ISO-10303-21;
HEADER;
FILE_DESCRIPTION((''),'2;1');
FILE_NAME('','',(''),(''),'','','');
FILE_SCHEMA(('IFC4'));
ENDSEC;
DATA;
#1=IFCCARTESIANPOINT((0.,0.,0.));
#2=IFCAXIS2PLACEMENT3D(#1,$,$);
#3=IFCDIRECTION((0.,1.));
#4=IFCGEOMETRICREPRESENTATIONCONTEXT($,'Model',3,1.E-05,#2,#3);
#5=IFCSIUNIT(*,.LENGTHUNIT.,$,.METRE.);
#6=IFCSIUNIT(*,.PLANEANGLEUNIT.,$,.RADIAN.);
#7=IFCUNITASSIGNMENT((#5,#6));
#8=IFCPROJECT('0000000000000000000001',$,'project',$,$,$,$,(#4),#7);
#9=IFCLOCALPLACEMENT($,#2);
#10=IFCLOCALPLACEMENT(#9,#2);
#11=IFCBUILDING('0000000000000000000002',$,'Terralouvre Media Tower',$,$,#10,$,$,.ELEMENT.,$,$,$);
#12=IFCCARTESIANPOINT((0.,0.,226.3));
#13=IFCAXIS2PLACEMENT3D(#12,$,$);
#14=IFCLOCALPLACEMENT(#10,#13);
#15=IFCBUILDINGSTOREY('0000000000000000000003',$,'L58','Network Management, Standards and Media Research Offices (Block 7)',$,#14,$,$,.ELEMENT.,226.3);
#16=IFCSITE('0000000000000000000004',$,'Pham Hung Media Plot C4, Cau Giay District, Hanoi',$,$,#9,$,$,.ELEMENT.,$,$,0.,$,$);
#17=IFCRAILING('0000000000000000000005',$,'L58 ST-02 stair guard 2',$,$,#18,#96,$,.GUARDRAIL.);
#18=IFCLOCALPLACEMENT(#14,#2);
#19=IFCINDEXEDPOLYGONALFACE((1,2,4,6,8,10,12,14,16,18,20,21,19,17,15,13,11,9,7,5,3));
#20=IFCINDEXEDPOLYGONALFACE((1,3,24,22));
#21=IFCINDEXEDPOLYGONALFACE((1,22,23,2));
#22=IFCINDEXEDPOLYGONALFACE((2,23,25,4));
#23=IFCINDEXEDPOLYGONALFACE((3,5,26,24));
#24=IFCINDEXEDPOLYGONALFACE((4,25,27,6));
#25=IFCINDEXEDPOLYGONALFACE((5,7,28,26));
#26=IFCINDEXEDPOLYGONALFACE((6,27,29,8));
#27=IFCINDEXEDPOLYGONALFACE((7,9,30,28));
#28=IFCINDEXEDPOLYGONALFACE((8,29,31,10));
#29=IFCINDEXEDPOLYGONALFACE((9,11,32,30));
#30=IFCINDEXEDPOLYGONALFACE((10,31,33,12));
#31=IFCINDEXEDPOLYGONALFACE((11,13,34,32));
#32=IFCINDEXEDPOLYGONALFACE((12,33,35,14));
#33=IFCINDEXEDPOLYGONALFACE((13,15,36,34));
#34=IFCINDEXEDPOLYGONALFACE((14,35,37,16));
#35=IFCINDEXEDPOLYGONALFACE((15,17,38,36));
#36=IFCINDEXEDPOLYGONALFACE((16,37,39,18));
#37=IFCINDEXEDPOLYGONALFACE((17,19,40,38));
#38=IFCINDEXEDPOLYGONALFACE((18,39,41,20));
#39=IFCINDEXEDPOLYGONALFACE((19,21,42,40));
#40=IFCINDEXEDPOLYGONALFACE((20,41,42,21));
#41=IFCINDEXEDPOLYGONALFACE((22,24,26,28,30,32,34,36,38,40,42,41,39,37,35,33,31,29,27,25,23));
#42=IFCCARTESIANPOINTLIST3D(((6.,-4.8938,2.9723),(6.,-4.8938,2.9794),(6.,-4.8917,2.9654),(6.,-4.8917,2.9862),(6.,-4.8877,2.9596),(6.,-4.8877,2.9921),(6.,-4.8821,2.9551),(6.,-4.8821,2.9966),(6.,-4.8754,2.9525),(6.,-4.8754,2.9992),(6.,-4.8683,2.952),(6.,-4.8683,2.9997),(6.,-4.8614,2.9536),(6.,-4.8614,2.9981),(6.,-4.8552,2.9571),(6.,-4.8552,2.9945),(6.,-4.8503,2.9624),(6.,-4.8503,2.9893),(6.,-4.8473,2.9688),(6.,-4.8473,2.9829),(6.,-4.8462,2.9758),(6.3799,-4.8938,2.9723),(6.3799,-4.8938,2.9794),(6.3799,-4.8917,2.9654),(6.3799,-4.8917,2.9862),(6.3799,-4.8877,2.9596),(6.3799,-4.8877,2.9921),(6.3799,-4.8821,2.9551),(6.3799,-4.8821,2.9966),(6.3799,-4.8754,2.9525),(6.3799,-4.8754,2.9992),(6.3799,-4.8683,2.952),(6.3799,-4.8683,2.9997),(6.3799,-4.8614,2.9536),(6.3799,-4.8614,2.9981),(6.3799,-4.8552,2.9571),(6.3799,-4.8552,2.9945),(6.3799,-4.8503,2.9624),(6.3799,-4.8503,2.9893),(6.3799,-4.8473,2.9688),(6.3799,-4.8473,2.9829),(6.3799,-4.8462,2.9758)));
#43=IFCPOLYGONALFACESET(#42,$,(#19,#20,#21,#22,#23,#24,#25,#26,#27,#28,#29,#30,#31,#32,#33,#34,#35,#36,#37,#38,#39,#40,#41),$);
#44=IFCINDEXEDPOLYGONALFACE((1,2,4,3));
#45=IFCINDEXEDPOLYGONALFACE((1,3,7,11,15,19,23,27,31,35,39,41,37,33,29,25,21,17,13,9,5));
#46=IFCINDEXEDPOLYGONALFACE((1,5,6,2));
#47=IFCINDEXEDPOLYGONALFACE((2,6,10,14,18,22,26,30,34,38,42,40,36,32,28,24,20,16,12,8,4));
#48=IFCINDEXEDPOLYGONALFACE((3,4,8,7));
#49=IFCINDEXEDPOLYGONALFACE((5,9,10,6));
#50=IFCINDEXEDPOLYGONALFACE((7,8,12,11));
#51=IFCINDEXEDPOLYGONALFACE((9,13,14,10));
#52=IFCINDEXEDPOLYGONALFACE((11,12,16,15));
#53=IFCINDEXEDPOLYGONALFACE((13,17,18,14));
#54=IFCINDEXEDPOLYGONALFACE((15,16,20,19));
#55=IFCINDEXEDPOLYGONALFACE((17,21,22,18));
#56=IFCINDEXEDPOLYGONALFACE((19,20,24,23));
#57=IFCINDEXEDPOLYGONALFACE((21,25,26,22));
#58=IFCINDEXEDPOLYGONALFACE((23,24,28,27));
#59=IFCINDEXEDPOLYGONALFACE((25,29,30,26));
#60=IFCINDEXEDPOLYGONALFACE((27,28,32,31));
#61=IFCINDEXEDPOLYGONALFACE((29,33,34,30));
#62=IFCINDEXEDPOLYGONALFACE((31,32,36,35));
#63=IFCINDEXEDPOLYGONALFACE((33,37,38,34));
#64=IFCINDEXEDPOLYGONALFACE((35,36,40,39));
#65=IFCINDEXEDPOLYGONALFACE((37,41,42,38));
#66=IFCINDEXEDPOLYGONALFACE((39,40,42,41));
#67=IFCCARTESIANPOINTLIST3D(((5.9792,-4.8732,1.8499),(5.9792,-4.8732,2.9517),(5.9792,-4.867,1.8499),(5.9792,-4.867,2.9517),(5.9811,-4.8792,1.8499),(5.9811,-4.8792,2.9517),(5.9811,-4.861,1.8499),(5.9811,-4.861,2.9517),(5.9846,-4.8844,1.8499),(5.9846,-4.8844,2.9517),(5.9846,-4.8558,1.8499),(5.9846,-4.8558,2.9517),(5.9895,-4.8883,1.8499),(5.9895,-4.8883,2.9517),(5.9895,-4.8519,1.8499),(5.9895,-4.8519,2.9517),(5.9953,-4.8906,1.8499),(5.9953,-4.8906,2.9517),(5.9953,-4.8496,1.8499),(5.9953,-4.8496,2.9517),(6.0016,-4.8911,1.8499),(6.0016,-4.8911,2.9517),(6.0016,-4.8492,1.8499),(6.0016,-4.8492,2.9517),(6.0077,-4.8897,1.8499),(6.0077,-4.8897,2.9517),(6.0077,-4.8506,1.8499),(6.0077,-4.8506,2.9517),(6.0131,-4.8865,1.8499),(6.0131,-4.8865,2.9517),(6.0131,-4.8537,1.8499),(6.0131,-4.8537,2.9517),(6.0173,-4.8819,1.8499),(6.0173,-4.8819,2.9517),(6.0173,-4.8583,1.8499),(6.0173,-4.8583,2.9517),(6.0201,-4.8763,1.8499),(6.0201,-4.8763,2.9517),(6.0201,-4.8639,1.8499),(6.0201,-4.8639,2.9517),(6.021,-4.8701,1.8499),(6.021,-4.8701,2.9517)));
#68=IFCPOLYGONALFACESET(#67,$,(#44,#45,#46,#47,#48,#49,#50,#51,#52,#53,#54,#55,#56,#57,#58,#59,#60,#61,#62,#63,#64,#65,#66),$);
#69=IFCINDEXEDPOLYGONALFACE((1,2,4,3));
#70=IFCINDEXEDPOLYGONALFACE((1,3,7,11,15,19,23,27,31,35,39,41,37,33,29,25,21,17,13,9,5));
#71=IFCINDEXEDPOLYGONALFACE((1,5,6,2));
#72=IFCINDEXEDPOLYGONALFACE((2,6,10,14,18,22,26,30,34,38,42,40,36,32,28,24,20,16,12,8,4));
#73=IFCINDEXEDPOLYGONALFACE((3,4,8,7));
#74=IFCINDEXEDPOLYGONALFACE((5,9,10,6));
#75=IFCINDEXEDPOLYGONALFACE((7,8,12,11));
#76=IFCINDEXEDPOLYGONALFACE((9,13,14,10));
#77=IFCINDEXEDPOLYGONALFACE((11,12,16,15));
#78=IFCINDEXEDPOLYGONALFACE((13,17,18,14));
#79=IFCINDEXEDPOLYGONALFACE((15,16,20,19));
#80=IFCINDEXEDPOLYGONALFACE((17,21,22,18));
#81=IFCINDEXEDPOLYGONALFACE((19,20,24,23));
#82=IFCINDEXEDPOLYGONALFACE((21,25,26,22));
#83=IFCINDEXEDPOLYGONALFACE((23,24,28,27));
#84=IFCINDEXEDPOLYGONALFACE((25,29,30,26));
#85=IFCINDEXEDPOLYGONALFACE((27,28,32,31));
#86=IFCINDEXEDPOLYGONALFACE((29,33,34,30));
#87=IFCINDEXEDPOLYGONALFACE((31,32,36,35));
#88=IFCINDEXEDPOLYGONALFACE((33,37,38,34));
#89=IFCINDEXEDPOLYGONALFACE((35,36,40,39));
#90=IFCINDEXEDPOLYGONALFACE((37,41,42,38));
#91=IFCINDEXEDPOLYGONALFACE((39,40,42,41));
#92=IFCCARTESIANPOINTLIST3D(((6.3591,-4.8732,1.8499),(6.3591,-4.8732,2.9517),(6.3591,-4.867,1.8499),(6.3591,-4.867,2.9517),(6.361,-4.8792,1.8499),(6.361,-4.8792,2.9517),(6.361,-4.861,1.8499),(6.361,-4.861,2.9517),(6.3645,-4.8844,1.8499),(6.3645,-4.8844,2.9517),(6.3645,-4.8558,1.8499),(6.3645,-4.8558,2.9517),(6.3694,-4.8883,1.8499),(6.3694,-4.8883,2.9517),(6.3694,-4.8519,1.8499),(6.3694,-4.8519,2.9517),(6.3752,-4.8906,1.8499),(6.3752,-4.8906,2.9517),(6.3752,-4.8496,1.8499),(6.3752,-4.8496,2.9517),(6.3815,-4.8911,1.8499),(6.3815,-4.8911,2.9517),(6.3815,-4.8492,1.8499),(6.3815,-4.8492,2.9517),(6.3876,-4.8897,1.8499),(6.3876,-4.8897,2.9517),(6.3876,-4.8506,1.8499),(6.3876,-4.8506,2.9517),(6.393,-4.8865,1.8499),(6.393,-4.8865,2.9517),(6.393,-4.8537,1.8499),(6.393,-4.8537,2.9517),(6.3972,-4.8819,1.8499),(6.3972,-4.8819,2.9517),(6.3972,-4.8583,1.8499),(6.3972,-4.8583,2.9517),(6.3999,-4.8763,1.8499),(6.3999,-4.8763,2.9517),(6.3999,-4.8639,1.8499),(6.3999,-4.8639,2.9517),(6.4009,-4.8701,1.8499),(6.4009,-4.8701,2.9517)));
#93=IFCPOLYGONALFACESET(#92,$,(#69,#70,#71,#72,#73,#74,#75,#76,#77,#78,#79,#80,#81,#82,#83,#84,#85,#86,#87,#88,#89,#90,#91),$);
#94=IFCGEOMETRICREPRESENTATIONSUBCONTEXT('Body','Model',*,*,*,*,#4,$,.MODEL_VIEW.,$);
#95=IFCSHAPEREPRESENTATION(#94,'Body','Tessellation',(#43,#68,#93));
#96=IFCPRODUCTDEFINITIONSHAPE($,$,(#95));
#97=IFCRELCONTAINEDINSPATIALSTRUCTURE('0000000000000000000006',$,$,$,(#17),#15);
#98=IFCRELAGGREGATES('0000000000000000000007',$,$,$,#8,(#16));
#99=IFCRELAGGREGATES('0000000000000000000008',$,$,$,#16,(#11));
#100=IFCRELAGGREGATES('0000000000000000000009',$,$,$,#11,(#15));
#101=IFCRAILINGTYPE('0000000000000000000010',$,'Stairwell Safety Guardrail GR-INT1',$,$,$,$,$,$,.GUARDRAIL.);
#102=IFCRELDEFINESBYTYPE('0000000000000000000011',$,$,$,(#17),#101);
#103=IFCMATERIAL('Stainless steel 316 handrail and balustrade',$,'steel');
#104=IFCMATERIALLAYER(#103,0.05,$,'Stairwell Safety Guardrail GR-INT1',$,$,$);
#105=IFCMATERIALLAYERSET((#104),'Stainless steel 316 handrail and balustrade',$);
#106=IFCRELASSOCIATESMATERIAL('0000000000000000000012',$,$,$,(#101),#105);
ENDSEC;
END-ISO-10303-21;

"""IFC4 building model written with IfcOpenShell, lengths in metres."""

from ifc_helpers import new_model, si_unit, direction, frame, origin, origin_2d, place, context, subcontext, project, spatial, circle, extrude, material, layer, layer_set, type_object, element, save


model = new_model("IFC4")

# Units and contexts
model_context = context("Model", 3, precision=1e-05, world=origin(), true_north=direction((0.0, 1.0)))
body_context = subcontext(model_context, "Body", "Model", "MODEL_VIEW")
ifc_project = project(units=[si_unit("LENGTHUNIT", "METRE"), si_unit("PLANEANGLEUNIT", "RADIAN")], contexts=[model_context])

# Site, building, storey
site_placement = place(None, origin())
site = spatial("IfcSite", under=ifc_project, at=site_placement, Name="Pham Hung Media Plot C4, Cau Giay District, Hanoi", CompositionType="ELEMENT", RefElevation=0.0)
building_placement = place(site_placement, origin())
building = spatial("IfcBuilding", under=site, at=building_placement, Name="Terralouvre Media Tower", CompositionType="ELEMENT")
storey_placement = place(building_placement, frame((0.0, 0.0, 226.3)))
storey = spatial("IfcBuildingStorey", under=building, at=storey_placement, Name="L58", Description="Network Management, Standards and Media Research Offices (Block 7)", CompositionType="ELEMENT", Elevation=226.3)

# Railing
ifc_material_1 = material(Name="Stainless steel 316 handrail and balustrade", Category="steel")
ifc_layer_1 = layer(ifc_material_1, 0.05, Name="Stairwell Safety Guardrail GR-INT1")
ifc_layer_set_1 = layer_set([ifc_layer_1], Name="Stainless steel 316 handrail and balustrade")
railing_type_1 = type_object("IfcRailingType", Name="Stairwell Safety Guardrail GR-INT1", PredefinedType="GUARDRAIL", material=ifc_layer_set_1)
railing_1_placement = place(storey_placement, frame((6.0, -4.8701, 1.8499)))
element("IfcRailing", 1, at=railing_1_placement, inside=storey, type_object=railing_type_1, Name="L58 ST-02 stair guard 2", PredefinedType="GUARDRAIL", context=body_context, shape_type="SweptSolid", body=[
    extrude(circle(Radius=0.0239, at=origin_2d()), frame((0.0, 0.0, 1.126), z_axis=(1.0, 0.0, 0.0), x_axis=(0.0, 1.0, 0.0)), (0.0, 0.0, 1.0), 0.3799),
    extrude(circle(Radius=0.021, at=origin_2d()), origin(), (0.0, 0.0, 1.0), 1.1018),
    extrude(circle(Radius=0.021, at=origin_2d()), frame((0.3799, 0.0, 0.0)), (0.0, 0.0, 1.0), 1.1018),
])

save(model, "model.ifc")
